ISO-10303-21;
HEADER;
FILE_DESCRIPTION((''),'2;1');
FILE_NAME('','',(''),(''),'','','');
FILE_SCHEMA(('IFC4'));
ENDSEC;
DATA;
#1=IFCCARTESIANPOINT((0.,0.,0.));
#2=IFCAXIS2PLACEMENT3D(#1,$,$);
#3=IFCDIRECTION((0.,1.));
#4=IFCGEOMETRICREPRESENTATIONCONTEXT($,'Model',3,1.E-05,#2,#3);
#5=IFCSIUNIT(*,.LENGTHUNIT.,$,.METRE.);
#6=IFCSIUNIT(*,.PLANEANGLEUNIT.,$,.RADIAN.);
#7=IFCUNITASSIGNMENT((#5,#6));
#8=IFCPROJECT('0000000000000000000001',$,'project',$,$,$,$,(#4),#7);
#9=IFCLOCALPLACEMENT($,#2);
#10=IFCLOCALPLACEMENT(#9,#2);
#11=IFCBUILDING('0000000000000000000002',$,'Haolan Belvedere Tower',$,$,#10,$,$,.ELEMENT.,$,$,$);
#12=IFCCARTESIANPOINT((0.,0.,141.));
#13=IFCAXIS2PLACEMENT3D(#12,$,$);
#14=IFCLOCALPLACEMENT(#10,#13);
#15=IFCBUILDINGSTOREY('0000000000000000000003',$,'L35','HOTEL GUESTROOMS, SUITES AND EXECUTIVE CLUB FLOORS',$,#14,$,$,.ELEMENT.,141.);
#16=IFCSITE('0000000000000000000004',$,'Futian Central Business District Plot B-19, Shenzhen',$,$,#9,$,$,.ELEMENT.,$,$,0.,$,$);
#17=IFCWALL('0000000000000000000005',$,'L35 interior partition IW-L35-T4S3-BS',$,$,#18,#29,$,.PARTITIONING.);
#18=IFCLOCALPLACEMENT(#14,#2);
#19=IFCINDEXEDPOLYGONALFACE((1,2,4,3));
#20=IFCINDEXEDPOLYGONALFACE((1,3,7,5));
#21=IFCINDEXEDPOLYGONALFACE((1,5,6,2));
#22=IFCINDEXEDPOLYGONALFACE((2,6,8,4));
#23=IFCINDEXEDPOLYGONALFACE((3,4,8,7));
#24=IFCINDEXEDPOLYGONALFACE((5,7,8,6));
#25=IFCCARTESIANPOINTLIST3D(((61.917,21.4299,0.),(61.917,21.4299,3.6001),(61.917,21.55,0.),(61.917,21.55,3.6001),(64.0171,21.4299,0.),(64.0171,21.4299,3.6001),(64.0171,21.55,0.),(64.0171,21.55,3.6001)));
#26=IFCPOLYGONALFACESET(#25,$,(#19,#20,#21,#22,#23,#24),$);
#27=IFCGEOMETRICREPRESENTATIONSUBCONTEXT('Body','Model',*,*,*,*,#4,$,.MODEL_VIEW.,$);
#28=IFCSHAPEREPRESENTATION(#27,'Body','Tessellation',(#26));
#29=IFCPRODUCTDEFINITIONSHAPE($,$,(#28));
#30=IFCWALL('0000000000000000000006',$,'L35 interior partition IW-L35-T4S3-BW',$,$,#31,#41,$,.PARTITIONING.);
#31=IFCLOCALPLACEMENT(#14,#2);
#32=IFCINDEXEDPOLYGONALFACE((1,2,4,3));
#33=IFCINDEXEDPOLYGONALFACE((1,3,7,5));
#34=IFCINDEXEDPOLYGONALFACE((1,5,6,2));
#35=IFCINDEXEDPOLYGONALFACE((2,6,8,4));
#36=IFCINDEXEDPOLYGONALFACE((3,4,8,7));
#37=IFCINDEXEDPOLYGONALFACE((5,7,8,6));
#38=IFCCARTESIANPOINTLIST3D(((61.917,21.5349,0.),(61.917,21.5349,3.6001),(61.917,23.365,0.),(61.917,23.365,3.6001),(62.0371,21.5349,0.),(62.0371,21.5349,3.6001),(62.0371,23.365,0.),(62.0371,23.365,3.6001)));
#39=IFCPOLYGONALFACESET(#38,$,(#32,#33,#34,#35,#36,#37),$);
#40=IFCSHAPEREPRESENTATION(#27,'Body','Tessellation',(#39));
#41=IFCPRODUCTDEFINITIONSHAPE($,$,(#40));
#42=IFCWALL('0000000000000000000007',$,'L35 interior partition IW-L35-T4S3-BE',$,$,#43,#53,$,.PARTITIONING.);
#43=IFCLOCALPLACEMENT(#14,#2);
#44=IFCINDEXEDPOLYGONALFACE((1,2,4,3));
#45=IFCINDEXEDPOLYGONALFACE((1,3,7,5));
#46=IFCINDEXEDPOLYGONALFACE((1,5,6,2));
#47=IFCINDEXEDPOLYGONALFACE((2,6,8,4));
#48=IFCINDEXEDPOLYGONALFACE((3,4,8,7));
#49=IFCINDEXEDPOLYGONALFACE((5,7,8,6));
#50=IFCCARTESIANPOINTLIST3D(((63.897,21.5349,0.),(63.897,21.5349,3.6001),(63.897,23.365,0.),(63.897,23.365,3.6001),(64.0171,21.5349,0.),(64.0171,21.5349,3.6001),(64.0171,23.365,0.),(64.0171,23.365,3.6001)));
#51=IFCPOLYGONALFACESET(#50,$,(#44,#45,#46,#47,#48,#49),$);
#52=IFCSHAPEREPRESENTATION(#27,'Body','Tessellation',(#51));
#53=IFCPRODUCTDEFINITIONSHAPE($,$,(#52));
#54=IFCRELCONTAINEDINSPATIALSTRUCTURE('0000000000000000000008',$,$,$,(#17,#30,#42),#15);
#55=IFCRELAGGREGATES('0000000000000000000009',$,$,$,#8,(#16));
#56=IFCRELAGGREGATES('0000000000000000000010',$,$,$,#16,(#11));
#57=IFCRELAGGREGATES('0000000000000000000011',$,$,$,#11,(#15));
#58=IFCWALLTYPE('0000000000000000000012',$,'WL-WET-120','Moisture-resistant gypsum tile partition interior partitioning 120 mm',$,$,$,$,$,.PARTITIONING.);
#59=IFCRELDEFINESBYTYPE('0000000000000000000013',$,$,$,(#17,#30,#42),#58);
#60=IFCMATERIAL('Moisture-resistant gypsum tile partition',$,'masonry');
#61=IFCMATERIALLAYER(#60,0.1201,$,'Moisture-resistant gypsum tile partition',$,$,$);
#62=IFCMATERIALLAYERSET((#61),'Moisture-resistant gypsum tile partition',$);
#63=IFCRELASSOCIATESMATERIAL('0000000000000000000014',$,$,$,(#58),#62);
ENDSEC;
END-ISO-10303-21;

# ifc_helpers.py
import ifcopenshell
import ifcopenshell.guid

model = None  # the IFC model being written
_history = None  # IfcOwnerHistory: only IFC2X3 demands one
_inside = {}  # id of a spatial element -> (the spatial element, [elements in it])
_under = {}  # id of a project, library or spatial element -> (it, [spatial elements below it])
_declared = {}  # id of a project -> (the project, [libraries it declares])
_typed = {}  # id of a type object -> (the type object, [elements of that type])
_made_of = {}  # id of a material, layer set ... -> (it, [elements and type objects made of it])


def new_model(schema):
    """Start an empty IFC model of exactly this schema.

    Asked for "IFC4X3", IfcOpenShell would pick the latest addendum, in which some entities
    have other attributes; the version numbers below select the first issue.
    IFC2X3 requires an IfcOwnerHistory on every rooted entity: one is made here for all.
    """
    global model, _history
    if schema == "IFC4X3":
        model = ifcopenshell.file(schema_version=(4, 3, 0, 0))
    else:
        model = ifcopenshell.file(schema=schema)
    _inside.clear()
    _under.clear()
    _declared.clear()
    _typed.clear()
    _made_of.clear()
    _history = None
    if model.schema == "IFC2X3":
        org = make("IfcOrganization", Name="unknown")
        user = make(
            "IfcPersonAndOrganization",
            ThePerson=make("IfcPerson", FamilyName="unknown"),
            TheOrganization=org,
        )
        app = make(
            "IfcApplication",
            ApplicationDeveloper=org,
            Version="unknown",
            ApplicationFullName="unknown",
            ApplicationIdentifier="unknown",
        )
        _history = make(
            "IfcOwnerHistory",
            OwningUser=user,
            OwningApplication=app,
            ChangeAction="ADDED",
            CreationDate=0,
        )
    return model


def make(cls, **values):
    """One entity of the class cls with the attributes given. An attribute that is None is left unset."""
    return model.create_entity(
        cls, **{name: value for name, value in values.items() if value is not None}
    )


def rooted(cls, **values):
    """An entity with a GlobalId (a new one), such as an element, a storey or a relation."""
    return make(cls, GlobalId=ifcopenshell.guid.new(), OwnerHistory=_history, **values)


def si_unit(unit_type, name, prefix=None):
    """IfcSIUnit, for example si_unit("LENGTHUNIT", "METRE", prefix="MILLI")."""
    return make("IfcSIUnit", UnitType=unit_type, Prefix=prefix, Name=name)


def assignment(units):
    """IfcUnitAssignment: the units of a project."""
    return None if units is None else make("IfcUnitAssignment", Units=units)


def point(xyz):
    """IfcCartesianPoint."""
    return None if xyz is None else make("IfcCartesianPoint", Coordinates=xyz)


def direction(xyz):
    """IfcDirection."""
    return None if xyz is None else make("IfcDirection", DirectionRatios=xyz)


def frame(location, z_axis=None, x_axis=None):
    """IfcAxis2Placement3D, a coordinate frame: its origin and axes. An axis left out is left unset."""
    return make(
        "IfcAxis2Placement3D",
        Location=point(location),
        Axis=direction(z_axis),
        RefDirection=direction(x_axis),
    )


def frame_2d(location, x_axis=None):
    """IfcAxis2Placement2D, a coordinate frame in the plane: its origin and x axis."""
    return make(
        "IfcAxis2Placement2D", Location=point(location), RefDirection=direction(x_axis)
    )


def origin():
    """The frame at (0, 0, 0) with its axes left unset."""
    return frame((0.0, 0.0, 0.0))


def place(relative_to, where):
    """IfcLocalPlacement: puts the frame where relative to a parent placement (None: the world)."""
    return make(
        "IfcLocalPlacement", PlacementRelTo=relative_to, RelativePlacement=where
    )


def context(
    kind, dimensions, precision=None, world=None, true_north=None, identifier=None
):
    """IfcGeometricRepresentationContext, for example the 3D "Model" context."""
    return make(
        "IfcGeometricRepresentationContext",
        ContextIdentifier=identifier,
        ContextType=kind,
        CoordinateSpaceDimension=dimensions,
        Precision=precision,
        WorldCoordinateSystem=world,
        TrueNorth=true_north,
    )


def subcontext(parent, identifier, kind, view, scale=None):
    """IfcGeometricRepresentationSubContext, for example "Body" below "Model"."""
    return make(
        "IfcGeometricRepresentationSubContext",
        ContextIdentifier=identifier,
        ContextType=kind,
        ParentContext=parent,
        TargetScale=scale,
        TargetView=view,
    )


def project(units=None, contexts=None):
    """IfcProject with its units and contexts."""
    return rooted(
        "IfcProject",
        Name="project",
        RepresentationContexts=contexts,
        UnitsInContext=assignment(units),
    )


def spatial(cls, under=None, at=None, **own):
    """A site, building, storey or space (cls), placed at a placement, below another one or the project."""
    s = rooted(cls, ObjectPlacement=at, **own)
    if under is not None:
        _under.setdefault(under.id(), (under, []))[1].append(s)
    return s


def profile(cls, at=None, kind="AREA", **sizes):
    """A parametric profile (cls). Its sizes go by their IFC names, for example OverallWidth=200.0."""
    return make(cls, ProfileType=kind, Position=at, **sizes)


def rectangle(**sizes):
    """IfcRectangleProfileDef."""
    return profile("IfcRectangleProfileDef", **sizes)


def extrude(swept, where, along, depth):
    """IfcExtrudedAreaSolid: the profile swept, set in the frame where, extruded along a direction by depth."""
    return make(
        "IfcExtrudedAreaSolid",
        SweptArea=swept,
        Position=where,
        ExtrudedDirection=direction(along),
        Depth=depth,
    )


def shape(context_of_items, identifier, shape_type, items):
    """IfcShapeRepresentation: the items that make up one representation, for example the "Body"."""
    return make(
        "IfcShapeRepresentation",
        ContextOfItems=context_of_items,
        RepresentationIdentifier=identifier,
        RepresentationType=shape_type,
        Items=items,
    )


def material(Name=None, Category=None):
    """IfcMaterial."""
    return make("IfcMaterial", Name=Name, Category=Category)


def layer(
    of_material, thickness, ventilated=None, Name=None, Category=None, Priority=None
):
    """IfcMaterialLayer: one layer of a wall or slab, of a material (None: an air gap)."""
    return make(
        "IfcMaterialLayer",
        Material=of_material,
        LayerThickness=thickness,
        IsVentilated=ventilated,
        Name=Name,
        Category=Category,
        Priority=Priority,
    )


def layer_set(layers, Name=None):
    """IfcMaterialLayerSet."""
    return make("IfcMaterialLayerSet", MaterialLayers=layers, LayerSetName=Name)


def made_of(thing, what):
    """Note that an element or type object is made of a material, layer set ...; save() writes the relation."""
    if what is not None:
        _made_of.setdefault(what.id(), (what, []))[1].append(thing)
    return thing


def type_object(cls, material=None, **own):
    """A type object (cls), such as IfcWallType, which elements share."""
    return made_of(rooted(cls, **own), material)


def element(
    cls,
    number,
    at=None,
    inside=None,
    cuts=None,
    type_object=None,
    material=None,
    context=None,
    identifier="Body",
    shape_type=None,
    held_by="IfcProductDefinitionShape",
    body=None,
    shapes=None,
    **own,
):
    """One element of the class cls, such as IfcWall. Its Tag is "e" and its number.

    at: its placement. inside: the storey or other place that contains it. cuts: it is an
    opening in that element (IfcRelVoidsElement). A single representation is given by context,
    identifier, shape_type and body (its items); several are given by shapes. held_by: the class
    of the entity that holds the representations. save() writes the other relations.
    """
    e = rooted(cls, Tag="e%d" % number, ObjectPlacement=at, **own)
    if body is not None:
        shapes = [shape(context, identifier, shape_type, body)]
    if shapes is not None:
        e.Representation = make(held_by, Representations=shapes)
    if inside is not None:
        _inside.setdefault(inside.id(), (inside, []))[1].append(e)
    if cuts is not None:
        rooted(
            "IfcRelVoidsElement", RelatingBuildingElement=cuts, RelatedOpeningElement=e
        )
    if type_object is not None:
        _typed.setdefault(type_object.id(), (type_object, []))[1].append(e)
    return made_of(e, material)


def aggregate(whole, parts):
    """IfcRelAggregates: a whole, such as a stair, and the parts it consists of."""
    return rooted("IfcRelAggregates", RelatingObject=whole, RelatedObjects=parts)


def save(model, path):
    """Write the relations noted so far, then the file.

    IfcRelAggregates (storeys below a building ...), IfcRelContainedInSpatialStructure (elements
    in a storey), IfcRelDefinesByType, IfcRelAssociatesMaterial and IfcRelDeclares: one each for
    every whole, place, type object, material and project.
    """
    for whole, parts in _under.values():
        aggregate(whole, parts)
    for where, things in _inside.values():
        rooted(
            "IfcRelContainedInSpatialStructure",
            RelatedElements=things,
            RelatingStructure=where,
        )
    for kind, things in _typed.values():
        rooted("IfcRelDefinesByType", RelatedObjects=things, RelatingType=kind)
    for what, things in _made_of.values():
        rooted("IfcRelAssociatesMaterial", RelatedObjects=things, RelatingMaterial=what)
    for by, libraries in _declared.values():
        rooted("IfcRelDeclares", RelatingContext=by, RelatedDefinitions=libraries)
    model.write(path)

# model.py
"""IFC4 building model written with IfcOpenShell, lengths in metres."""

from ifc_helpers import new_model, si_unit, direction, frame, frame_2d, origin, place, context, subcontext, project, spatial, rectangle, extrude, material, layer, layer_set, type_object, element, save


model = new_model("IFC4")

# Units and contexts
model_context = context("Model", 3, precision=1e-05, world=origin(), true_north=direction((0.0, 1.0)))
body_context = subcontext(model_context, "Body", "Model", "MODEL_VIEW")
ifc_project = project(units=[si_unit("LENGTHUNIT", "METRE"), si_unit("PLANEANGLEUNIT", "RADIAN")], contexts=[model_context])

# Site, building, storey
site_placement = place(None, origin())
site = spatial("IfcSite", under=ifc_project, at=site_placement, Name="Futian Central Business District Plot B-19, Shenzhen", CompositionType="ELEMENT", RefElevation=0.0)
building_placement = place(site_placement, origin())
building = spatial("IfcBuilding", under=site, at=building_placement, Name="Haolan Belvedere Tower", CompositionType="ELEMENT")
storey_placement = place(building_placement, frame((0.0, 0.0, 141.0)))
storey = spatial("IfcBuildingStorey", under=building, at=storey_placement, Name="L35", Description="HOTEL GUESTROOMS, SUITES AND EXECUTIVE CLUB FLOORS", CompositionType="ELEMENT", Elevation=141.0)

# Shared definitions
ifc_material_1 = material(Name="Moisture-resistant gypsum tile partition", Category="masonry")
ifc_layer_1 = layer(ifc_material_1, 0.1201, Name="Moisture-resistant gypsum tile partition")
ifc_layer_set_1 = layer_set([ifc_layer_1], Name="Moisture-resistant gypsum tile partition")
wall_type_1 = type_object("IfcWallType", Name="WL-WET-120", Description="Moisture-resistant gypsum tile partition interior partitioning 120 mm", PredefinedType="PARTITIONING", material=ifc_layer_set_1)

# Walls
wall_1_placement = place(storey_placement, frame((61.917, 21.49, 0.0), z_axis=(0.0, 0.0, 1.0), x_axis=(1.0, 0.0, 0.0)))
element("IfcWall", 1, at=wall_1_placement, inside=storey, type_object=wall_type_1, Name="L35 interior partition IW-L35-T4S3-BS", PredefinedType="PARTITIONING", context=body_context, shape_type="SweptSolid", body=[
    extrude(rectangle(XDim=2.1001, YDim=0.1201, at=frame_2d((1.05, 0.0))), origin(), (0.0, 0.0, 1.0), 3.6001),
])
for number, where, z_axis, x_axis, name in (
    (2, (61.9771, 21.5349, 0.0), (0.0, 0.0, 1.0), (0.0, 1.0, 0.0), "L35 interior partition IW-L35-T4S3-BW"),
    (3, (63.957, 21.5349, 0.0), (0.0, 0.0, 1.0), (0.0, 1.0, 0.0), "L35 interior partition IW-L35-T4S3-BE"),
):
    element("IfcWall", number, at=place(storey_placement, frame(where, z_axis=z_axis, x_axis=x_axis)), inside=storey, type_object=wall_type_1, Name=name, PredefinedType="PARTITIONING", context=body_context, shape_type="SweptSolid", body=[
        extrude(rectangle(XDim=1.8301, YDim=0.1201, at=frame_2d((0.915, 0.0))), origin(), (0.0, 0.0, 1.0), 3.6001),
    ])

save(model, "model.ifc")
